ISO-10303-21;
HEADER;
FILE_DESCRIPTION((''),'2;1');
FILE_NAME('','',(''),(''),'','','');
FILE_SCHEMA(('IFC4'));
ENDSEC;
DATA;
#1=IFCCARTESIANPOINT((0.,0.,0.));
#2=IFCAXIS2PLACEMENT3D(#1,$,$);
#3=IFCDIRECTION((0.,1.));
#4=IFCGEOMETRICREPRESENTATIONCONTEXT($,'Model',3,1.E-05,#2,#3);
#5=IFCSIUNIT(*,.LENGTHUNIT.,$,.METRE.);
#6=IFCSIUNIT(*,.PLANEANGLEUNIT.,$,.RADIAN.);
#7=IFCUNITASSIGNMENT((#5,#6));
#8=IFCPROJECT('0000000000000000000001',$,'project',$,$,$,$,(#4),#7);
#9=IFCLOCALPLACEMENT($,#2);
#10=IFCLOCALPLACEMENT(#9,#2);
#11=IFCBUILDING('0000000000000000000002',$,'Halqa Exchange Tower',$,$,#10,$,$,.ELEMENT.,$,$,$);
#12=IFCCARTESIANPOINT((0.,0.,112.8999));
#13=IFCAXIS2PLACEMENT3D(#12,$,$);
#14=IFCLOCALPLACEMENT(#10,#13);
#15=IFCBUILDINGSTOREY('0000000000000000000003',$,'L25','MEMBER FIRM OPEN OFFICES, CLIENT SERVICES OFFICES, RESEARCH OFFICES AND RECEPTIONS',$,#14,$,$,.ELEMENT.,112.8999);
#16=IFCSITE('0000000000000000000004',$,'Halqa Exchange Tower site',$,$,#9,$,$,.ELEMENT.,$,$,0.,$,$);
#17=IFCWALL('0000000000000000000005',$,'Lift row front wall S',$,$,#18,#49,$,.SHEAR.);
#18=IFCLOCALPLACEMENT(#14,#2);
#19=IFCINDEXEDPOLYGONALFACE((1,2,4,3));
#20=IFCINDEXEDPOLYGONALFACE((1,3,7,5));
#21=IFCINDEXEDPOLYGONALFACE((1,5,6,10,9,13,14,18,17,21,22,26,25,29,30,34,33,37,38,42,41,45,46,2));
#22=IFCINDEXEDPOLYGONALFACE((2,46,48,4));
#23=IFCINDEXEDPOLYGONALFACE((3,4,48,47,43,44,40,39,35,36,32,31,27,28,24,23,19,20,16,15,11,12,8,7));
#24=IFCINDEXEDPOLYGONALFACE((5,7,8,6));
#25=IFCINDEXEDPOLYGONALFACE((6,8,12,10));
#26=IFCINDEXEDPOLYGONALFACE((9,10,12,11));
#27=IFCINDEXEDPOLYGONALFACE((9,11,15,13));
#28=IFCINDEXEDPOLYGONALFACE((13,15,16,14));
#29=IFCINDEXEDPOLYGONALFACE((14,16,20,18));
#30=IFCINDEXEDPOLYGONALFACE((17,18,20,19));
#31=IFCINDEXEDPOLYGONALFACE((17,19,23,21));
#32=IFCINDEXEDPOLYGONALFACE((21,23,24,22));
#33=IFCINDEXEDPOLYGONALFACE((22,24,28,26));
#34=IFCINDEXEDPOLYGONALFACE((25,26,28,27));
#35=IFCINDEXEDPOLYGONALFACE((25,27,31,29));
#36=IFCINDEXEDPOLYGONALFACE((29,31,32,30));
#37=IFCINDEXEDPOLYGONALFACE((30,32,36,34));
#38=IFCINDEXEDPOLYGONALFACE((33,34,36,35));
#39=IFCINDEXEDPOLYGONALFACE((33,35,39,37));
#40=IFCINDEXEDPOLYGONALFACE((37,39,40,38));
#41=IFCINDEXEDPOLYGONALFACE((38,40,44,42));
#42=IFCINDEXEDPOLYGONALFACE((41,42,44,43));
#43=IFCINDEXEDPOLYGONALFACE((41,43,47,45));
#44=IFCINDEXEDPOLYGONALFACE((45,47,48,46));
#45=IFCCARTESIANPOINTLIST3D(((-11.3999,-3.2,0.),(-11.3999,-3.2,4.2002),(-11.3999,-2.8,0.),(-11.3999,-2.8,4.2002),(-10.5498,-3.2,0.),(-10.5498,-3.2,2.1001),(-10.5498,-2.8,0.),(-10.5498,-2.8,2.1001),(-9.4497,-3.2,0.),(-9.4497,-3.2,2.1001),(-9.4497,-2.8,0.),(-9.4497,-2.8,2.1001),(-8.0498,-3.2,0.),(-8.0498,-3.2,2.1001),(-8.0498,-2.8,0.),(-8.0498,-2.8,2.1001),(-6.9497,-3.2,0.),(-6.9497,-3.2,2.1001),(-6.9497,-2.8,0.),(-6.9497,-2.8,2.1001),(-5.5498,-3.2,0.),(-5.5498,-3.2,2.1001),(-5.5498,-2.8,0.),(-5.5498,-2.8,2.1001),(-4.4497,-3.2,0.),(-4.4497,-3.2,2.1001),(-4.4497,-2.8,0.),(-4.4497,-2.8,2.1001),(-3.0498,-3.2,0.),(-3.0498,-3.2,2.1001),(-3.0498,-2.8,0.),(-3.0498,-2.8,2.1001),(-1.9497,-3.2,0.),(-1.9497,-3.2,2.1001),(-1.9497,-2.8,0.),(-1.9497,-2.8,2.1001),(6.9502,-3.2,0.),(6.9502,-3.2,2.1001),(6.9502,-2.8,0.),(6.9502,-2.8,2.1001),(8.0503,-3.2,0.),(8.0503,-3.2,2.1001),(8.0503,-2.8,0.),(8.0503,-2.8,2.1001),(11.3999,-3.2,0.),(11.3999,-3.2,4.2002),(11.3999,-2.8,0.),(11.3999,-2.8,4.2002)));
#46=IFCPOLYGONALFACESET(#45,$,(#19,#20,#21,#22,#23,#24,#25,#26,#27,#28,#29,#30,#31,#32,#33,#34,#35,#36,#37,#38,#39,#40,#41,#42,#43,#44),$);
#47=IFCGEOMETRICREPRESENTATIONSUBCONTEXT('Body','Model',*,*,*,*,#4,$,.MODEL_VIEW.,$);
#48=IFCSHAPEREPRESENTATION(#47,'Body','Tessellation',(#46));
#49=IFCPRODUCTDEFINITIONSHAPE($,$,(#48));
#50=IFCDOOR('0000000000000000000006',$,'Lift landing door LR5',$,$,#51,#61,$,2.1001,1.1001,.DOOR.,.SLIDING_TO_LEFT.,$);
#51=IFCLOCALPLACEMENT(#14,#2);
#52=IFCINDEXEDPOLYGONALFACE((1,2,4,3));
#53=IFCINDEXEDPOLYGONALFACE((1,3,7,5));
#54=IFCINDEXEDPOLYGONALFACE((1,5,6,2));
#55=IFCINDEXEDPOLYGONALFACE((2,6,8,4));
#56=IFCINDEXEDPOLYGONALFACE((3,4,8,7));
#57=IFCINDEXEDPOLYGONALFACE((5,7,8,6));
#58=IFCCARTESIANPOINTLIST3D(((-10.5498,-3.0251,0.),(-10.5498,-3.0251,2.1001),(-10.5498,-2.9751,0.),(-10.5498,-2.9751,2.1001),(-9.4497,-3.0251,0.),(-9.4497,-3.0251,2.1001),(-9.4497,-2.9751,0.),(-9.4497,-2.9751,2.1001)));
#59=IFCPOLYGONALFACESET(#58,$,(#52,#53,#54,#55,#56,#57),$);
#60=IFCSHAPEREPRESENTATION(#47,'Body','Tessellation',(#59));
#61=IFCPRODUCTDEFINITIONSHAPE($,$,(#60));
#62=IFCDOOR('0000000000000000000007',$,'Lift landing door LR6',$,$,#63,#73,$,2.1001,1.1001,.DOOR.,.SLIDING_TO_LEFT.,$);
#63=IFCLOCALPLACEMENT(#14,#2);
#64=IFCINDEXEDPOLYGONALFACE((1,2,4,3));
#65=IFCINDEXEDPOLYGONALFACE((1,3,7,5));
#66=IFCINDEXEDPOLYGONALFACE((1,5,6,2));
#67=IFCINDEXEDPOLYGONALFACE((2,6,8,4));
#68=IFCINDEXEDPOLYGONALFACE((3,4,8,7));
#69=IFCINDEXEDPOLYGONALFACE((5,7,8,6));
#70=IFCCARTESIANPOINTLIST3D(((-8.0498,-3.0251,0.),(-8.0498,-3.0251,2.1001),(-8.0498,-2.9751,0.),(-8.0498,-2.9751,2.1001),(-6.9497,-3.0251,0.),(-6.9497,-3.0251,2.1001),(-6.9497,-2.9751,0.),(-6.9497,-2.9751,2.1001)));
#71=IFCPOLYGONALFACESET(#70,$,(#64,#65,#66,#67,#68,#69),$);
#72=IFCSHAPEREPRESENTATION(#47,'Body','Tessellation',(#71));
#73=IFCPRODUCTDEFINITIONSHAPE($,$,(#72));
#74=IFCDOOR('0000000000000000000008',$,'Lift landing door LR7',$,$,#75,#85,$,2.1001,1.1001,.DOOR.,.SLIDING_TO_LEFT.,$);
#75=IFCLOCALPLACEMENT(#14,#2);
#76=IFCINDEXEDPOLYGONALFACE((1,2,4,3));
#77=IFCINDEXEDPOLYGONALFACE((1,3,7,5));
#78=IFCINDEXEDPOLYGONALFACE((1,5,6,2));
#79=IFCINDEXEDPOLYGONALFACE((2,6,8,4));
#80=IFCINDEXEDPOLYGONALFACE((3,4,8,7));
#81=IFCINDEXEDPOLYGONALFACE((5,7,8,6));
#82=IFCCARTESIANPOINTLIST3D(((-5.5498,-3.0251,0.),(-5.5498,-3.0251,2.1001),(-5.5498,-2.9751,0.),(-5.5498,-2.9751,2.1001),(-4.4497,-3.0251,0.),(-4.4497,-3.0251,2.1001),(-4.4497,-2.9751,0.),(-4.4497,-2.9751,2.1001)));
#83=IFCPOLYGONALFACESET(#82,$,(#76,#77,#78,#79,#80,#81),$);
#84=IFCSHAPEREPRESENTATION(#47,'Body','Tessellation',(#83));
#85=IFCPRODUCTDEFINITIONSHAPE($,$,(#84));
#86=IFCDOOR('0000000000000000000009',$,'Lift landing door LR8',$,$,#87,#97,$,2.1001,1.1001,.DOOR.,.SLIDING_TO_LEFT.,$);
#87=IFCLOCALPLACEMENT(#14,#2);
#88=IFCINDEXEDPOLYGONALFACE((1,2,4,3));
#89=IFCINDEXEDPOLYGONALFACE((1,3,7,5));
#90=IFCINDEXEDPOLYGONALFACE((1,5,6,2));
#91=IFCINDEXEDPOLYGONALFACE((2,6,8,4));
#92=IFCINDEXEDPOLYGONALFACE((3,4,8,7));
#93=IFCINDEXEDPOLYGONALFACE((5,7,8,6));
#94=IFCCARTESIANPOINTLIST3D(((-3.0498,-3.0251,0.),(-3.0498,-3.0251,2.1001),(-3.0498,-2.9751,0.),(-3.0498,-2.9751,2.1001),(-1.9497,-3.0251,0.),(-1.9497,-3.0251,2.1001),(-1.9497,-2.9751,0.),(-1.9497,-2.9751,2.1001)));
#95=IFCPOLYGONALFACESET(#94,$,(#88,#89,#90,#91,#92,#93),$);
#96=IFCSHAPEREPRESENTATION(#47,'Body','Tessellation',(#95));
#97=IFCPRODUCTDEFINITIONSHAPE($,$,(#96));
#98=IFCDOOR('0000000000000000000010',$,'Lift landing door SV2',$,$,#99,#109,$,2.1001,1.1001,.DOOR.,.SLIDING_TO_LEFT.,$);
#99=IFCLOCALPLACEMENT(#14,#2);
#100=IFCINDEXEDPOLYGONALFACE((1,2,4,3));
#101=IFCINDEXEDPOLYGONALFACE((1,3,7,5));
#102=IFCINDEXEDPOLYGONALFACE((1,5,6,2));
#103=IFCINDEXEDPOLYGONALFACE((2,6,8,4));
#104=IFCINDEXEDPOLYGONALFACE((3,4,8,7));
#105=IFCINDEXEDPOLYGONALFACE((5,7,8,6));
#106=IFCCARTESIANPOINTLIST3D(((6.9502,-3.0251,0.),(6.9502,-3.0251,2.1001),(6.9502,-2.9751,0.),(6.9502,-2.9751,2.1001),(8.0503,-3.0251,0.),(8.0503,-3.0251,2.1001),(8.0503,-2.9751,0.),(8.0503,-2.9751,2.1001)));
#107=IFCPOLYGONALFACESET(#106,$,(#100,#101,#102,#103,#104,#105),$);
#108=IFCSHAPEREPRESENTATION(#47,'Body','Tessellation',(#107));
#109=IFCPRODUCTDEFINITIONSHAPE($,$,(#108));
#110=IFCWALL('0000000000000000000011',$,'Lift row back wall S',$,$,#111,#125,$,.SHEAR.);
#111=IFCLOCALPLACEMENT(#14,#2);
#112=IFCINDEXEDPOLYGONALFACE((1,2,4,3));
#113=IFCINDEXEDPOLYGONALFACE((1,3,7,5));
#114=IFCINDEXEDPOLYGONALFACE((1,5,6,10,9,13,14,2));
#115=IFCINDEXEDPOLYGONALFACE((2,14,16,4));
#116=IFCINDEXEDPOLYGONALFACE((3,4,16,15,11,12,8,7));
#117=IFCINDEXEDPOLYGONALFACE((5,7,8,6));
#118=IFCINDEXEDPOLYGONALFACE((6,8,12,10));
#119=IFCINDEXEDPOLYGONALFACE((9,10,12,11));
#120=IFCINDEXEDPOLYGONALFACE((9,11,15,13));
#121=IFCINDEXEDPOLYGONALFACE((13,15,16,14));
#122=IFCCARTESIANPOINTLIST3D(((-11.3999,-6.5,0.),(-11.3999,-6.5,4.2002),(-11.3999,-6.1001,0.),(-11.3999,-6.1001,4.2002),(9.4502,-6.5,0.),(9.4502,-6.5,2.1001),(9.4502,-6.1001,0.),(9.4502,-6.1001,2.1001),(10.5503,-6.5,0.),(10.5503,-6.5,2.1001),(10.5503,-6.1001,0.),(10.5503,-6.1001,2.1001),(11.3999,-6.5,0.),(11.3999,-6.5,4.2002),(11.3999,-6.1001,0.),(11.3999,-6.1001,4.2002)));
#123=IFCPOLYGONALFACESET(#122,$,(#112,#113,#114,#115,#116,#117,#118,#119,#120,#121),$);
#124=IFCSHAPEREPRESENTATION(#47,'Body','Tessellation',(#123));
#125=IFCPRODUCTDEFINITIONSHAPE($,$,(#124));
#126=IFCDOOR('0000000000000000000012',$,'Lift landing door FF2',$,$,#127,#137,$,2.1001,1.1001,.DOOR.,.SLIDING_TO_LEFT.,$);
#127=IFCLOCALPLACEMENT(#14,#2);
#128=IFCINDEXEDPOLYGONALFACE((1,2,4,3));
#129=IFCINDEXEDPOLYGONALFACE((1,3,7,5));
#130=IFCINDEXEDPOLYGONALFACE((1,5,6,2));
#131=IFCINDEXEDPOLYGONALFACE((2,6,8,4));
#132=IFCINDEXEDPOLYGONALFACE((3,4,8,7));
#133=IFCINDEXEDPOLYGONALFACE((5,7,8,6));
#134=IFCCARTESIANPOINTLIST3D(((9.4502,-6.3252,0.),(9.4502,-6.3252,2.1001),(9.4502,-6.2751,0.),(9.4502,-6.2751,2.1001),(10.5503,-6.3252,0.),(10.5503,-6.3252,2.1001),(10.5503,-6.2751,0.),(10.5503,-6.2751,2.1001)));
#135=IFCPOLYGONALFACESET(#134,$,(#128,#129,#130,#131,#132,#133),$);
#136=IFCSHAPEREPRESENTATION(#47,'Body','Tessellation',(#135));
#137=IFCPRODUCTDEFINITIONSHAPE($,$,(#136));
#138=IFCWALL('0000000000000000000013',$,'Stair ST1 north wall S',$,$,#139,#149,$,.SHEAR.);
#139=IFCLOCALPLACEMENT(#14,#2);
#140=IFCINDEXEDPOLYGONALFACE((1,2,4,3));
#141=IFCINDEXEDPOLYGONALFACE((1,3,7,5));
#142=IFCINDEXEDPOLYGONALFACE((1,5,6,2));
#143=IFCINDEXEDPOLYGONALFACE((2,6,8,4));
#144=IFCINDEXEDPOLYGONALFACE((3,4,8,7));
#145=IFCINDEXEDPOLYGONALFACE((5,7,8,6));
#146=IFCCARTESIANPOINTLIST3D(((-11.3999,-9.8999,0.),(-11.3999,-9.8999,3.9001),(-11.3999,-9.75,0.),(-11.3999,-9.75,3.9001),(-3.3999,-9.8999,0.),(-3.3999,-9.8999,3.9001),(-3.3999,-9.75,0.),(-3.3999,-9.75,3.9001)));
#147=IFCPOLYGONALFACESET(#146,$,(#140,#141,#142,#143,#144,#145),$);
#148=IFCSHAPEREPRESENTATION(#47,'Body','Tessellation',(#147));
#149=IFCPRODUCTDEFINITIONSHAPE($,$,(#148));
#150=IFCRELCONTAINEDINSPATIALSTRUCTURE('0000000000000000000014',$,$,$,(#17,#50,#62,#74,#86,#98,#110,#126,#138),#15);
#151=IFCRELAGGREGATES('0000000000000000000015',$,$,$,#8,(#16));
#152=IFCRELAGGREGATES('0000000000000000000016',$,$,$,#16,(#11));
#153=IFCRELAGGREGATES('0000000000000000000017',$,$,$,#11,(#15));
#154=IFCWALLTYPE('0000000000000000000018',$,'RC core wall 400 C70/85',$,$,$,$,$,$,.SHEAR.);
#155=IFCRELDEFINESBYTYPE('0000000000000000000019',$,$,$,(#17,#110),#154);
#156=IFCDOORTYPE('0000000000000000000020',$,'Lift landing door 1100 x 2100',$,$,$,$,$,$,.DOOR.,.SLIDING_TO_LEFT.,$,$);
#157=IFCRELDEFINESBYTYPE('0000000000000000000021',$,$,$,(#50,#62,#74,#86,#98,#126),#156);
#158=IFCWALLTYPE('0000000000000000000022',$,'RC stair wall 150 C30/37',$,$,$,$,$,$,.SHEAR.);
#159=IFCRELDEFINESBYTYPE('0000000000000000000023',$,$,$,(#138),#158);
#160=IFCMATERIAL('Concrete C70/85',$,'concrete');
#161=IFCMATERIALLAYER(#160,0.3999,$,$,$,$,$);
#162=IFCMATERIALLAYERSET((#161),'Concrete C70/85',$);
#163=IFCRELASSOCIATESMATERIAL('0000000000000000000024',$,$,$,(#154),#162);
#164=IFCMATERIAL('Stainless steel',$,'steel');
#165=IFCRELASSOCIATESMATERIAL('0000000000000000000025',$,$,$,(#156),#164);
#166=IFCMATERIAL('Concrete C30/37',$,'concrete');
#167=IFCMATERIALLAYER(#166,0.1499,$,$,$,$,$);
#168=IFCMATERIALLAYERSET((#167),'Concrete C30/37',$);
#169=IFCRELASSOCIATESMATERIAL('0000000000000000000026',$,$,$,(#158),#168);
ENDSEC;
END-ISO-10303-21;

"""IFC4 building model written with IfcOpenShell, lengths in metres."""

from ifc_helpers import new_model, si_unit, direction, frame, frame_2d, origin, place, context, subcontext, project, spatial, rectangle, extrude, material, layer, layer_set, type_object, element, fill, save


model = new_model("IFC4")

# Units and contexts
model_context = context("Model", 3, precision=1e-05, world=origin(), true_north=direction((0.0, 1.0)))
body_context = subcontext(model_context, "Body", "Model", "MODEL_VIEW")
ifc_project = project(units=[si_unit("LENGTHUNIT", "METRE"), si_unit("PLANEANGLEUNIT", "RADIAN")], contexts=[model_context])

# Site, building, storey
site_placement = place(None, origin())
site = spatial("IfcSite", under=ifc_project, at=site_placement, Name="Halqa Exchange Tower site", CompositionType="ELEMENT", RefElevation=0.0)
building_placement = place(site_placement, origin())
building = spatial("IfcBuilding", under=site, at=building_placement, Name="Halqa Exchange Tower", CompositionType="ELEMENT")
storey_placement = place(building_placement, frame((0.0, 0.0, 112.8999)))
storey = spatial("IfcBuildingStorey", under=building, at=storey_placement, Name="L25", Description="MEMBER FIRM OPEN OFFICES, CLIENT SERVICES OFFICES, RESEARCH OFFICES AND RECEPTIONS", CompositionType="ELEMENT", Elevation=112.8999)

# Wall, openings, doors
ifc_material_1 = material(Name="Concrete C70/85", Category="concrete")
ifc_layer_1 = layer(ifc_material_1, 0.3999)
ifc_layer_set_1 = layer_set([ifc_layer_1], Name="Concrete C70/85")
wall_type_1 = type_object("IfcWallType", Name="RC core wall 400 C70/85", PredefinedType="SHEAR", material=ifc_layer_set_1)
wall_1_placement = place(storey_placement, frame((-11.3999, -3.0, 0.0), z_axis=(0.0, 0.0, 1.0), x_axis=(1.0, 0.0, 0.0)))
wall_1 = element("IfcWall", 1, at=wall_1_placement, inside=storey, type_object=wall_type_1, Name="Lift row front wall S", PredefinedType="SHEAR", context=body_context, shape_type="SweptSolid", body=[
    extrude(rectangle(XDim=22.7998, YDim=0.3999, at=frame_2d((11.3999, 0.0))), origin(), (0.0, 0.0, 1.0), 4.2002),
])
opening_1_placement = place(wall_1_placement, frame((0.8501, 0.0, 0.0)))
opening_1 = element("IfcOpeningElement", 2, at=opening_1_placement, cuts=wall_1, PredefinedType="OPENING", context=body_context, shape_type="SweptSolid", body=[
    extrude(rectangle(XDim=1.1001, YDim=2.1001, at=frame_2d((0.55, 1.05))), frame((0.0, 0.2119, 0.0), z_axis=(0.0, -1.0, 0.0), x_axis=(1.0, 0.0, 0.0)), (0.0, 0.0, 1.0), 0.4238),
])
opening_2_placement = place(wall_1_placement, frame((3.3501, 0.0, 0.0)))
opening_2 = element("IfcOpeningElement", 3, at=opening_2_placement, cuts=wall_1, PredefinedType="OPENING", context=body_context, shape_type="SweptSolid", body=[
    extrude(rectangle(XDim=1.1001, YDim=2.1001, at=frame_2d((0.55, 1.05))), frame((0.0, 0.2119, 0.0), z_axis=(0.0, -1.0, 0.0), x_axis=(1.0, 0.0, 0.0)), (0.0, 0.0, 1.0), 0.4238),
])
opening_3_placement = place(wall_1_placement, frame((5.8501, 0.0, 0.0)))
opening_3 = element("IfcOpeningElement", 4, at=opening_3_placement, cuts=wall_1, PredefinedType="OPENING", context=body_context, shape_type="SweptSolid", body=[
    extrude(rectangle(XDim=1.1001, YDim=2.1001, at=frame_2d((0.55, 1.05))), frame((0.0, 0.2119, 0.0), z_axis=(0.0, -1.0, 0.0), x_axis=(1.0, 0.0, 0.0)), (0.0, 0.0, 1.0), 0.4238),
])
opening_4_placement = place(wall_1_placement, frame((8.3501, 0.0, 0.0)))
opening_4 = element("IfcOpeningElement", 5, at=opening_4_placement, cuts=wall_1, PredefinedType="OPENING", context=body_context, shape_type="SweptSolid", body=[
    extrude(rectangle(XDim=1.1001, YDim=2.1001, at=frame_2d((0.55, 1.05))), frame((0.0, 0.2119, 0.0), z_axis=(0.0, -1.0, 0.0), x_axis=(1.0, 0.0, 0.0)), (0.0, 0.0, 1.0), 0.4238),
])
opening_5_placement = place(wall_1_placement, frame((18.3501, 0.0, 0.0)))
opening_5 = element("IfcOpeningElement", 6, at=opening_5_placement, cuts=wall_1, PredefinedType="OPENING", context=body_context, shape_type="SweptSolid", body=[
    extrude(rectangle(XDim=1.1001, YDim=2.1001, at=frame_2d((0.55, 1.05))), frame((0.0, 0.2119, 0.0), z_axis=(0.0, -1.0, 0.0), x_axis=(1.0, 0.0, 0.0)), (0.0, 0.0, 1.0), 0.4238),
])
ifc_material_2 = material(Name="Stainless steel", Category="steel")
door_type = type_object("IfcDoorType", Name="Lift landing door 1100 x 2100", OperationType="SLIDING_TO_LEFT", PredefinedType="DOOR", material=ifc_material_2)
door_1_placement = place(opening_1_placement, origin())
door_1 = element("IfcDoor", 7, at=door_1_placement, inside=storey, type_object=door_type, Name="Lift landing door LR5", OperationType="SLIDING_TO_LEFT", OverallHeight=2.1001, OverallWidth=1.1001, PredefinedType="DOOR", context=body_context, shape_type="SweptSolid", body=[
    extrude(rectangle(XDim=1.1001, YDim=2.1001, at=frame_2d((0.55, 1.05))), frame((0.0, 0.0249, 0.0), z_axis=(0.0, -1.0, 0.0), x_axis=(1.0, 0.0, 0.0)), (0.0, 0.0, 1.0), 0.05),
])
fill(opening_1, door_1)
door_2_placement = place(opening_2_placement, origin())
door_2 = element("IfcDoor", 8, at=door_2_placement, inside=storey, type_object=door_type, Name="Lift landing door LR6", OperationType="SLIDING_TO_LEFT", OverallHeight=2.1001, OverallWidth=1.1001, PredefinedType="DOOR", context=body_context, shape_type="SweptSolid", body=[
    extrude(rectangle(XDim=1.1001, YDim=2.1001, at=frame_2d((0.55, 1.05))), frame((0.0, 0.0249, 0.0), z_axis=(0.0, -1.0, 0.0), x_axis=(1.0, 0.0, 0.0)), (0.0, 0.0, 1.0), 0.05),
])
fill(opening_2, door_2)
door_3_placement = place(opening_3_placement, origin())
door_3 = element("IfcDoor", 9, at=door_3_placement, inside=storey, type_object=door_type, Name="Lift landing door LR7", OperationType="SLIDING_TO_LEFT", OverallHeight=2.1001, OverallWidth=1.1001, PredefinedType="DOOR", context=body_context, shape_type="SweptSolid", body=[
    extrude(rectangle(XDim=1.1001, YDim=2.1001, at=frame_2d((0.55, 1.05))), frame((0.0, 0.0249, 0.0), z_axis=(0.0, -1.0, 0.0), x_axis=(1.0, 0.0, 0.0)), (0.0, 0.0, 1.0), 0.05),
])
fill(opening_3, door_3)
door_4_placement = place(opening_4_placement, origin())
door_4 = element("IfcDoor", 10, at=door_4_placement, inside=storey, type_object=door_type, Name="Lift landing door LR8", OperationType="SLIDING_TO_LEFT", OverallHeight=2.1001, OverallWidth=1.1001, PredefinedType="DOOR", context=body_context, shape_type="SweptSolid", body=[
    extrude(rectangle(XDim=1.1001, YDim=2.1001, at=frame_2d((0.55, 1.05))), frame((0.0, 0.0249, 0.0), z_axis=(0.0, -1.0, 0.0), x_axis=(1.0, 0.0, 0.0)), (0.0, 0.0, 1.0), 0.05),
])
fill(opening_4, door_4)
door_5_placement = place(opening_5_placement, origin())
door_5 = element("IfcDoor", 11, at=door_5_placement, inside=storey, type_object=door_type, Name="Lift landing door SV2", OperationType="SLIDING_TO_LEFT", OverallHeight=2.1001, OverallWidth=1.1001, PredefinedType="DOOR", context=body_context, shape_type="SweptSolid", body=[
    extrude(rectangle(XDim=1.1001, YDim=2.1001, at=frame_2d((0.55, 1.05))), frame((0.0, 0.0249, 0.0), z_axis=(0.0, -1.0, 0.0), x_axis=(1.0, 0.0, 0.0)), (0.0, 0.0, 1.0), 0.05),
])
fill(opening_5, door_5)

# Wall, opening, door
wall_2_placement = place(storey_placement, frame((-11.3999, -6.3, 0.0), z_axis=(0.0, 0.0, 1.0), x_axis=(1.0, 0.0, 0.0)))
wall_2 = element("IfcWall", 12, at=wall_2_placement, inside=storey, type_object=wall_type_1, Name="Lift row back wall S", PredefinedType="SHEAR", context=body_context, shape_type="SweptSolid", body=[
    extrude(rectangle(XDim=22.7998, YDim=0.3999, at=frame_2d((11.3999, 0.0))), origin(), (0.0, 0.0, 1.0), 4.2002),
])
opening_6_placement = place(wall_2_placement, frame((20.8501, 0.0, 0.0)))
opening_6 = element("IfcOpeningElement", 13, at=opening_6_placement, cuts=wall_2, PredefinedType="OPENING", context=body_context, shape_type="SweptSolid", body=[
    extrude(rectangle(XDim=1.1001, YDim=2.1001, at=frame_2d((0.55, 1.05))), frame((0.0, 0.2119, 0.0), z_axis=(0.0, -1.0, 0.0), x_axis=(1.0, 0.0, 0.0)), (0.0, 0.0, 1.0), 0.4238),
])
door_6_placement = place(opening_6_placement, origin())
door_6 = element("IfcDoor", 14, at=door_6_placement, inside=storey, type_object=door_type, Name="Lift landing door FF2", OperationType="SLIDING_TO_LEFT", OverallHeight=2.1001, OverallWidth=1.1001, PredefinedType="DOOR", context=body_context, shape_type="SweptSolid", body=[
    extrude(rectangle(XDim=1.1001, YDim=2.1001, at=frame_2d((0.55, 1.05))), frame((0.0, 0.0249, 0.0), z_axis=(0.0, -1.0, 0.0), x_axis=(1.0, 0.0, 0.0)), (0.0, 0.0, 1.0), 0.05),
])
fill(opening_6, door_6)

# Wall
ifc_material_3 = material(Name="Concrete C30/37", Category="concrete")
ifc_layer_2 = layer(ifc_material_3, 0.1499)
ifc_layer_set_2 = layer_set([ifc_layer_2], Name="Concrete C30/37")
wall_type_2 = type_object("IfcWallType", Name="RC stair wall 150 C30/37", PredefinedType="SHEAR", material=ifc_layer_set_2)
wall_3_placement = place(storey_placement, frame((-11.3999, -9.825, 0.0), z_axis=(0.0, 0.0, 1.0), x_axis=(1.0, 0.0, 0.0)))
element("IfcWall", 15, at=wall_3_placement, inside=storey, type_object=wall_type_2, Name="Stair ST1 north wall S", PredefinedType="SHEAR", context=body_context, shape_type="SweptSolid", body=[
    extrude(rectangle(XDim=8.0, YDim=0.1499, at=frame_2d((4.0, 0.0))), origin(), (0.0, 0.0, 1.0), 3.9001),
])

save(model, "model.ifc")
